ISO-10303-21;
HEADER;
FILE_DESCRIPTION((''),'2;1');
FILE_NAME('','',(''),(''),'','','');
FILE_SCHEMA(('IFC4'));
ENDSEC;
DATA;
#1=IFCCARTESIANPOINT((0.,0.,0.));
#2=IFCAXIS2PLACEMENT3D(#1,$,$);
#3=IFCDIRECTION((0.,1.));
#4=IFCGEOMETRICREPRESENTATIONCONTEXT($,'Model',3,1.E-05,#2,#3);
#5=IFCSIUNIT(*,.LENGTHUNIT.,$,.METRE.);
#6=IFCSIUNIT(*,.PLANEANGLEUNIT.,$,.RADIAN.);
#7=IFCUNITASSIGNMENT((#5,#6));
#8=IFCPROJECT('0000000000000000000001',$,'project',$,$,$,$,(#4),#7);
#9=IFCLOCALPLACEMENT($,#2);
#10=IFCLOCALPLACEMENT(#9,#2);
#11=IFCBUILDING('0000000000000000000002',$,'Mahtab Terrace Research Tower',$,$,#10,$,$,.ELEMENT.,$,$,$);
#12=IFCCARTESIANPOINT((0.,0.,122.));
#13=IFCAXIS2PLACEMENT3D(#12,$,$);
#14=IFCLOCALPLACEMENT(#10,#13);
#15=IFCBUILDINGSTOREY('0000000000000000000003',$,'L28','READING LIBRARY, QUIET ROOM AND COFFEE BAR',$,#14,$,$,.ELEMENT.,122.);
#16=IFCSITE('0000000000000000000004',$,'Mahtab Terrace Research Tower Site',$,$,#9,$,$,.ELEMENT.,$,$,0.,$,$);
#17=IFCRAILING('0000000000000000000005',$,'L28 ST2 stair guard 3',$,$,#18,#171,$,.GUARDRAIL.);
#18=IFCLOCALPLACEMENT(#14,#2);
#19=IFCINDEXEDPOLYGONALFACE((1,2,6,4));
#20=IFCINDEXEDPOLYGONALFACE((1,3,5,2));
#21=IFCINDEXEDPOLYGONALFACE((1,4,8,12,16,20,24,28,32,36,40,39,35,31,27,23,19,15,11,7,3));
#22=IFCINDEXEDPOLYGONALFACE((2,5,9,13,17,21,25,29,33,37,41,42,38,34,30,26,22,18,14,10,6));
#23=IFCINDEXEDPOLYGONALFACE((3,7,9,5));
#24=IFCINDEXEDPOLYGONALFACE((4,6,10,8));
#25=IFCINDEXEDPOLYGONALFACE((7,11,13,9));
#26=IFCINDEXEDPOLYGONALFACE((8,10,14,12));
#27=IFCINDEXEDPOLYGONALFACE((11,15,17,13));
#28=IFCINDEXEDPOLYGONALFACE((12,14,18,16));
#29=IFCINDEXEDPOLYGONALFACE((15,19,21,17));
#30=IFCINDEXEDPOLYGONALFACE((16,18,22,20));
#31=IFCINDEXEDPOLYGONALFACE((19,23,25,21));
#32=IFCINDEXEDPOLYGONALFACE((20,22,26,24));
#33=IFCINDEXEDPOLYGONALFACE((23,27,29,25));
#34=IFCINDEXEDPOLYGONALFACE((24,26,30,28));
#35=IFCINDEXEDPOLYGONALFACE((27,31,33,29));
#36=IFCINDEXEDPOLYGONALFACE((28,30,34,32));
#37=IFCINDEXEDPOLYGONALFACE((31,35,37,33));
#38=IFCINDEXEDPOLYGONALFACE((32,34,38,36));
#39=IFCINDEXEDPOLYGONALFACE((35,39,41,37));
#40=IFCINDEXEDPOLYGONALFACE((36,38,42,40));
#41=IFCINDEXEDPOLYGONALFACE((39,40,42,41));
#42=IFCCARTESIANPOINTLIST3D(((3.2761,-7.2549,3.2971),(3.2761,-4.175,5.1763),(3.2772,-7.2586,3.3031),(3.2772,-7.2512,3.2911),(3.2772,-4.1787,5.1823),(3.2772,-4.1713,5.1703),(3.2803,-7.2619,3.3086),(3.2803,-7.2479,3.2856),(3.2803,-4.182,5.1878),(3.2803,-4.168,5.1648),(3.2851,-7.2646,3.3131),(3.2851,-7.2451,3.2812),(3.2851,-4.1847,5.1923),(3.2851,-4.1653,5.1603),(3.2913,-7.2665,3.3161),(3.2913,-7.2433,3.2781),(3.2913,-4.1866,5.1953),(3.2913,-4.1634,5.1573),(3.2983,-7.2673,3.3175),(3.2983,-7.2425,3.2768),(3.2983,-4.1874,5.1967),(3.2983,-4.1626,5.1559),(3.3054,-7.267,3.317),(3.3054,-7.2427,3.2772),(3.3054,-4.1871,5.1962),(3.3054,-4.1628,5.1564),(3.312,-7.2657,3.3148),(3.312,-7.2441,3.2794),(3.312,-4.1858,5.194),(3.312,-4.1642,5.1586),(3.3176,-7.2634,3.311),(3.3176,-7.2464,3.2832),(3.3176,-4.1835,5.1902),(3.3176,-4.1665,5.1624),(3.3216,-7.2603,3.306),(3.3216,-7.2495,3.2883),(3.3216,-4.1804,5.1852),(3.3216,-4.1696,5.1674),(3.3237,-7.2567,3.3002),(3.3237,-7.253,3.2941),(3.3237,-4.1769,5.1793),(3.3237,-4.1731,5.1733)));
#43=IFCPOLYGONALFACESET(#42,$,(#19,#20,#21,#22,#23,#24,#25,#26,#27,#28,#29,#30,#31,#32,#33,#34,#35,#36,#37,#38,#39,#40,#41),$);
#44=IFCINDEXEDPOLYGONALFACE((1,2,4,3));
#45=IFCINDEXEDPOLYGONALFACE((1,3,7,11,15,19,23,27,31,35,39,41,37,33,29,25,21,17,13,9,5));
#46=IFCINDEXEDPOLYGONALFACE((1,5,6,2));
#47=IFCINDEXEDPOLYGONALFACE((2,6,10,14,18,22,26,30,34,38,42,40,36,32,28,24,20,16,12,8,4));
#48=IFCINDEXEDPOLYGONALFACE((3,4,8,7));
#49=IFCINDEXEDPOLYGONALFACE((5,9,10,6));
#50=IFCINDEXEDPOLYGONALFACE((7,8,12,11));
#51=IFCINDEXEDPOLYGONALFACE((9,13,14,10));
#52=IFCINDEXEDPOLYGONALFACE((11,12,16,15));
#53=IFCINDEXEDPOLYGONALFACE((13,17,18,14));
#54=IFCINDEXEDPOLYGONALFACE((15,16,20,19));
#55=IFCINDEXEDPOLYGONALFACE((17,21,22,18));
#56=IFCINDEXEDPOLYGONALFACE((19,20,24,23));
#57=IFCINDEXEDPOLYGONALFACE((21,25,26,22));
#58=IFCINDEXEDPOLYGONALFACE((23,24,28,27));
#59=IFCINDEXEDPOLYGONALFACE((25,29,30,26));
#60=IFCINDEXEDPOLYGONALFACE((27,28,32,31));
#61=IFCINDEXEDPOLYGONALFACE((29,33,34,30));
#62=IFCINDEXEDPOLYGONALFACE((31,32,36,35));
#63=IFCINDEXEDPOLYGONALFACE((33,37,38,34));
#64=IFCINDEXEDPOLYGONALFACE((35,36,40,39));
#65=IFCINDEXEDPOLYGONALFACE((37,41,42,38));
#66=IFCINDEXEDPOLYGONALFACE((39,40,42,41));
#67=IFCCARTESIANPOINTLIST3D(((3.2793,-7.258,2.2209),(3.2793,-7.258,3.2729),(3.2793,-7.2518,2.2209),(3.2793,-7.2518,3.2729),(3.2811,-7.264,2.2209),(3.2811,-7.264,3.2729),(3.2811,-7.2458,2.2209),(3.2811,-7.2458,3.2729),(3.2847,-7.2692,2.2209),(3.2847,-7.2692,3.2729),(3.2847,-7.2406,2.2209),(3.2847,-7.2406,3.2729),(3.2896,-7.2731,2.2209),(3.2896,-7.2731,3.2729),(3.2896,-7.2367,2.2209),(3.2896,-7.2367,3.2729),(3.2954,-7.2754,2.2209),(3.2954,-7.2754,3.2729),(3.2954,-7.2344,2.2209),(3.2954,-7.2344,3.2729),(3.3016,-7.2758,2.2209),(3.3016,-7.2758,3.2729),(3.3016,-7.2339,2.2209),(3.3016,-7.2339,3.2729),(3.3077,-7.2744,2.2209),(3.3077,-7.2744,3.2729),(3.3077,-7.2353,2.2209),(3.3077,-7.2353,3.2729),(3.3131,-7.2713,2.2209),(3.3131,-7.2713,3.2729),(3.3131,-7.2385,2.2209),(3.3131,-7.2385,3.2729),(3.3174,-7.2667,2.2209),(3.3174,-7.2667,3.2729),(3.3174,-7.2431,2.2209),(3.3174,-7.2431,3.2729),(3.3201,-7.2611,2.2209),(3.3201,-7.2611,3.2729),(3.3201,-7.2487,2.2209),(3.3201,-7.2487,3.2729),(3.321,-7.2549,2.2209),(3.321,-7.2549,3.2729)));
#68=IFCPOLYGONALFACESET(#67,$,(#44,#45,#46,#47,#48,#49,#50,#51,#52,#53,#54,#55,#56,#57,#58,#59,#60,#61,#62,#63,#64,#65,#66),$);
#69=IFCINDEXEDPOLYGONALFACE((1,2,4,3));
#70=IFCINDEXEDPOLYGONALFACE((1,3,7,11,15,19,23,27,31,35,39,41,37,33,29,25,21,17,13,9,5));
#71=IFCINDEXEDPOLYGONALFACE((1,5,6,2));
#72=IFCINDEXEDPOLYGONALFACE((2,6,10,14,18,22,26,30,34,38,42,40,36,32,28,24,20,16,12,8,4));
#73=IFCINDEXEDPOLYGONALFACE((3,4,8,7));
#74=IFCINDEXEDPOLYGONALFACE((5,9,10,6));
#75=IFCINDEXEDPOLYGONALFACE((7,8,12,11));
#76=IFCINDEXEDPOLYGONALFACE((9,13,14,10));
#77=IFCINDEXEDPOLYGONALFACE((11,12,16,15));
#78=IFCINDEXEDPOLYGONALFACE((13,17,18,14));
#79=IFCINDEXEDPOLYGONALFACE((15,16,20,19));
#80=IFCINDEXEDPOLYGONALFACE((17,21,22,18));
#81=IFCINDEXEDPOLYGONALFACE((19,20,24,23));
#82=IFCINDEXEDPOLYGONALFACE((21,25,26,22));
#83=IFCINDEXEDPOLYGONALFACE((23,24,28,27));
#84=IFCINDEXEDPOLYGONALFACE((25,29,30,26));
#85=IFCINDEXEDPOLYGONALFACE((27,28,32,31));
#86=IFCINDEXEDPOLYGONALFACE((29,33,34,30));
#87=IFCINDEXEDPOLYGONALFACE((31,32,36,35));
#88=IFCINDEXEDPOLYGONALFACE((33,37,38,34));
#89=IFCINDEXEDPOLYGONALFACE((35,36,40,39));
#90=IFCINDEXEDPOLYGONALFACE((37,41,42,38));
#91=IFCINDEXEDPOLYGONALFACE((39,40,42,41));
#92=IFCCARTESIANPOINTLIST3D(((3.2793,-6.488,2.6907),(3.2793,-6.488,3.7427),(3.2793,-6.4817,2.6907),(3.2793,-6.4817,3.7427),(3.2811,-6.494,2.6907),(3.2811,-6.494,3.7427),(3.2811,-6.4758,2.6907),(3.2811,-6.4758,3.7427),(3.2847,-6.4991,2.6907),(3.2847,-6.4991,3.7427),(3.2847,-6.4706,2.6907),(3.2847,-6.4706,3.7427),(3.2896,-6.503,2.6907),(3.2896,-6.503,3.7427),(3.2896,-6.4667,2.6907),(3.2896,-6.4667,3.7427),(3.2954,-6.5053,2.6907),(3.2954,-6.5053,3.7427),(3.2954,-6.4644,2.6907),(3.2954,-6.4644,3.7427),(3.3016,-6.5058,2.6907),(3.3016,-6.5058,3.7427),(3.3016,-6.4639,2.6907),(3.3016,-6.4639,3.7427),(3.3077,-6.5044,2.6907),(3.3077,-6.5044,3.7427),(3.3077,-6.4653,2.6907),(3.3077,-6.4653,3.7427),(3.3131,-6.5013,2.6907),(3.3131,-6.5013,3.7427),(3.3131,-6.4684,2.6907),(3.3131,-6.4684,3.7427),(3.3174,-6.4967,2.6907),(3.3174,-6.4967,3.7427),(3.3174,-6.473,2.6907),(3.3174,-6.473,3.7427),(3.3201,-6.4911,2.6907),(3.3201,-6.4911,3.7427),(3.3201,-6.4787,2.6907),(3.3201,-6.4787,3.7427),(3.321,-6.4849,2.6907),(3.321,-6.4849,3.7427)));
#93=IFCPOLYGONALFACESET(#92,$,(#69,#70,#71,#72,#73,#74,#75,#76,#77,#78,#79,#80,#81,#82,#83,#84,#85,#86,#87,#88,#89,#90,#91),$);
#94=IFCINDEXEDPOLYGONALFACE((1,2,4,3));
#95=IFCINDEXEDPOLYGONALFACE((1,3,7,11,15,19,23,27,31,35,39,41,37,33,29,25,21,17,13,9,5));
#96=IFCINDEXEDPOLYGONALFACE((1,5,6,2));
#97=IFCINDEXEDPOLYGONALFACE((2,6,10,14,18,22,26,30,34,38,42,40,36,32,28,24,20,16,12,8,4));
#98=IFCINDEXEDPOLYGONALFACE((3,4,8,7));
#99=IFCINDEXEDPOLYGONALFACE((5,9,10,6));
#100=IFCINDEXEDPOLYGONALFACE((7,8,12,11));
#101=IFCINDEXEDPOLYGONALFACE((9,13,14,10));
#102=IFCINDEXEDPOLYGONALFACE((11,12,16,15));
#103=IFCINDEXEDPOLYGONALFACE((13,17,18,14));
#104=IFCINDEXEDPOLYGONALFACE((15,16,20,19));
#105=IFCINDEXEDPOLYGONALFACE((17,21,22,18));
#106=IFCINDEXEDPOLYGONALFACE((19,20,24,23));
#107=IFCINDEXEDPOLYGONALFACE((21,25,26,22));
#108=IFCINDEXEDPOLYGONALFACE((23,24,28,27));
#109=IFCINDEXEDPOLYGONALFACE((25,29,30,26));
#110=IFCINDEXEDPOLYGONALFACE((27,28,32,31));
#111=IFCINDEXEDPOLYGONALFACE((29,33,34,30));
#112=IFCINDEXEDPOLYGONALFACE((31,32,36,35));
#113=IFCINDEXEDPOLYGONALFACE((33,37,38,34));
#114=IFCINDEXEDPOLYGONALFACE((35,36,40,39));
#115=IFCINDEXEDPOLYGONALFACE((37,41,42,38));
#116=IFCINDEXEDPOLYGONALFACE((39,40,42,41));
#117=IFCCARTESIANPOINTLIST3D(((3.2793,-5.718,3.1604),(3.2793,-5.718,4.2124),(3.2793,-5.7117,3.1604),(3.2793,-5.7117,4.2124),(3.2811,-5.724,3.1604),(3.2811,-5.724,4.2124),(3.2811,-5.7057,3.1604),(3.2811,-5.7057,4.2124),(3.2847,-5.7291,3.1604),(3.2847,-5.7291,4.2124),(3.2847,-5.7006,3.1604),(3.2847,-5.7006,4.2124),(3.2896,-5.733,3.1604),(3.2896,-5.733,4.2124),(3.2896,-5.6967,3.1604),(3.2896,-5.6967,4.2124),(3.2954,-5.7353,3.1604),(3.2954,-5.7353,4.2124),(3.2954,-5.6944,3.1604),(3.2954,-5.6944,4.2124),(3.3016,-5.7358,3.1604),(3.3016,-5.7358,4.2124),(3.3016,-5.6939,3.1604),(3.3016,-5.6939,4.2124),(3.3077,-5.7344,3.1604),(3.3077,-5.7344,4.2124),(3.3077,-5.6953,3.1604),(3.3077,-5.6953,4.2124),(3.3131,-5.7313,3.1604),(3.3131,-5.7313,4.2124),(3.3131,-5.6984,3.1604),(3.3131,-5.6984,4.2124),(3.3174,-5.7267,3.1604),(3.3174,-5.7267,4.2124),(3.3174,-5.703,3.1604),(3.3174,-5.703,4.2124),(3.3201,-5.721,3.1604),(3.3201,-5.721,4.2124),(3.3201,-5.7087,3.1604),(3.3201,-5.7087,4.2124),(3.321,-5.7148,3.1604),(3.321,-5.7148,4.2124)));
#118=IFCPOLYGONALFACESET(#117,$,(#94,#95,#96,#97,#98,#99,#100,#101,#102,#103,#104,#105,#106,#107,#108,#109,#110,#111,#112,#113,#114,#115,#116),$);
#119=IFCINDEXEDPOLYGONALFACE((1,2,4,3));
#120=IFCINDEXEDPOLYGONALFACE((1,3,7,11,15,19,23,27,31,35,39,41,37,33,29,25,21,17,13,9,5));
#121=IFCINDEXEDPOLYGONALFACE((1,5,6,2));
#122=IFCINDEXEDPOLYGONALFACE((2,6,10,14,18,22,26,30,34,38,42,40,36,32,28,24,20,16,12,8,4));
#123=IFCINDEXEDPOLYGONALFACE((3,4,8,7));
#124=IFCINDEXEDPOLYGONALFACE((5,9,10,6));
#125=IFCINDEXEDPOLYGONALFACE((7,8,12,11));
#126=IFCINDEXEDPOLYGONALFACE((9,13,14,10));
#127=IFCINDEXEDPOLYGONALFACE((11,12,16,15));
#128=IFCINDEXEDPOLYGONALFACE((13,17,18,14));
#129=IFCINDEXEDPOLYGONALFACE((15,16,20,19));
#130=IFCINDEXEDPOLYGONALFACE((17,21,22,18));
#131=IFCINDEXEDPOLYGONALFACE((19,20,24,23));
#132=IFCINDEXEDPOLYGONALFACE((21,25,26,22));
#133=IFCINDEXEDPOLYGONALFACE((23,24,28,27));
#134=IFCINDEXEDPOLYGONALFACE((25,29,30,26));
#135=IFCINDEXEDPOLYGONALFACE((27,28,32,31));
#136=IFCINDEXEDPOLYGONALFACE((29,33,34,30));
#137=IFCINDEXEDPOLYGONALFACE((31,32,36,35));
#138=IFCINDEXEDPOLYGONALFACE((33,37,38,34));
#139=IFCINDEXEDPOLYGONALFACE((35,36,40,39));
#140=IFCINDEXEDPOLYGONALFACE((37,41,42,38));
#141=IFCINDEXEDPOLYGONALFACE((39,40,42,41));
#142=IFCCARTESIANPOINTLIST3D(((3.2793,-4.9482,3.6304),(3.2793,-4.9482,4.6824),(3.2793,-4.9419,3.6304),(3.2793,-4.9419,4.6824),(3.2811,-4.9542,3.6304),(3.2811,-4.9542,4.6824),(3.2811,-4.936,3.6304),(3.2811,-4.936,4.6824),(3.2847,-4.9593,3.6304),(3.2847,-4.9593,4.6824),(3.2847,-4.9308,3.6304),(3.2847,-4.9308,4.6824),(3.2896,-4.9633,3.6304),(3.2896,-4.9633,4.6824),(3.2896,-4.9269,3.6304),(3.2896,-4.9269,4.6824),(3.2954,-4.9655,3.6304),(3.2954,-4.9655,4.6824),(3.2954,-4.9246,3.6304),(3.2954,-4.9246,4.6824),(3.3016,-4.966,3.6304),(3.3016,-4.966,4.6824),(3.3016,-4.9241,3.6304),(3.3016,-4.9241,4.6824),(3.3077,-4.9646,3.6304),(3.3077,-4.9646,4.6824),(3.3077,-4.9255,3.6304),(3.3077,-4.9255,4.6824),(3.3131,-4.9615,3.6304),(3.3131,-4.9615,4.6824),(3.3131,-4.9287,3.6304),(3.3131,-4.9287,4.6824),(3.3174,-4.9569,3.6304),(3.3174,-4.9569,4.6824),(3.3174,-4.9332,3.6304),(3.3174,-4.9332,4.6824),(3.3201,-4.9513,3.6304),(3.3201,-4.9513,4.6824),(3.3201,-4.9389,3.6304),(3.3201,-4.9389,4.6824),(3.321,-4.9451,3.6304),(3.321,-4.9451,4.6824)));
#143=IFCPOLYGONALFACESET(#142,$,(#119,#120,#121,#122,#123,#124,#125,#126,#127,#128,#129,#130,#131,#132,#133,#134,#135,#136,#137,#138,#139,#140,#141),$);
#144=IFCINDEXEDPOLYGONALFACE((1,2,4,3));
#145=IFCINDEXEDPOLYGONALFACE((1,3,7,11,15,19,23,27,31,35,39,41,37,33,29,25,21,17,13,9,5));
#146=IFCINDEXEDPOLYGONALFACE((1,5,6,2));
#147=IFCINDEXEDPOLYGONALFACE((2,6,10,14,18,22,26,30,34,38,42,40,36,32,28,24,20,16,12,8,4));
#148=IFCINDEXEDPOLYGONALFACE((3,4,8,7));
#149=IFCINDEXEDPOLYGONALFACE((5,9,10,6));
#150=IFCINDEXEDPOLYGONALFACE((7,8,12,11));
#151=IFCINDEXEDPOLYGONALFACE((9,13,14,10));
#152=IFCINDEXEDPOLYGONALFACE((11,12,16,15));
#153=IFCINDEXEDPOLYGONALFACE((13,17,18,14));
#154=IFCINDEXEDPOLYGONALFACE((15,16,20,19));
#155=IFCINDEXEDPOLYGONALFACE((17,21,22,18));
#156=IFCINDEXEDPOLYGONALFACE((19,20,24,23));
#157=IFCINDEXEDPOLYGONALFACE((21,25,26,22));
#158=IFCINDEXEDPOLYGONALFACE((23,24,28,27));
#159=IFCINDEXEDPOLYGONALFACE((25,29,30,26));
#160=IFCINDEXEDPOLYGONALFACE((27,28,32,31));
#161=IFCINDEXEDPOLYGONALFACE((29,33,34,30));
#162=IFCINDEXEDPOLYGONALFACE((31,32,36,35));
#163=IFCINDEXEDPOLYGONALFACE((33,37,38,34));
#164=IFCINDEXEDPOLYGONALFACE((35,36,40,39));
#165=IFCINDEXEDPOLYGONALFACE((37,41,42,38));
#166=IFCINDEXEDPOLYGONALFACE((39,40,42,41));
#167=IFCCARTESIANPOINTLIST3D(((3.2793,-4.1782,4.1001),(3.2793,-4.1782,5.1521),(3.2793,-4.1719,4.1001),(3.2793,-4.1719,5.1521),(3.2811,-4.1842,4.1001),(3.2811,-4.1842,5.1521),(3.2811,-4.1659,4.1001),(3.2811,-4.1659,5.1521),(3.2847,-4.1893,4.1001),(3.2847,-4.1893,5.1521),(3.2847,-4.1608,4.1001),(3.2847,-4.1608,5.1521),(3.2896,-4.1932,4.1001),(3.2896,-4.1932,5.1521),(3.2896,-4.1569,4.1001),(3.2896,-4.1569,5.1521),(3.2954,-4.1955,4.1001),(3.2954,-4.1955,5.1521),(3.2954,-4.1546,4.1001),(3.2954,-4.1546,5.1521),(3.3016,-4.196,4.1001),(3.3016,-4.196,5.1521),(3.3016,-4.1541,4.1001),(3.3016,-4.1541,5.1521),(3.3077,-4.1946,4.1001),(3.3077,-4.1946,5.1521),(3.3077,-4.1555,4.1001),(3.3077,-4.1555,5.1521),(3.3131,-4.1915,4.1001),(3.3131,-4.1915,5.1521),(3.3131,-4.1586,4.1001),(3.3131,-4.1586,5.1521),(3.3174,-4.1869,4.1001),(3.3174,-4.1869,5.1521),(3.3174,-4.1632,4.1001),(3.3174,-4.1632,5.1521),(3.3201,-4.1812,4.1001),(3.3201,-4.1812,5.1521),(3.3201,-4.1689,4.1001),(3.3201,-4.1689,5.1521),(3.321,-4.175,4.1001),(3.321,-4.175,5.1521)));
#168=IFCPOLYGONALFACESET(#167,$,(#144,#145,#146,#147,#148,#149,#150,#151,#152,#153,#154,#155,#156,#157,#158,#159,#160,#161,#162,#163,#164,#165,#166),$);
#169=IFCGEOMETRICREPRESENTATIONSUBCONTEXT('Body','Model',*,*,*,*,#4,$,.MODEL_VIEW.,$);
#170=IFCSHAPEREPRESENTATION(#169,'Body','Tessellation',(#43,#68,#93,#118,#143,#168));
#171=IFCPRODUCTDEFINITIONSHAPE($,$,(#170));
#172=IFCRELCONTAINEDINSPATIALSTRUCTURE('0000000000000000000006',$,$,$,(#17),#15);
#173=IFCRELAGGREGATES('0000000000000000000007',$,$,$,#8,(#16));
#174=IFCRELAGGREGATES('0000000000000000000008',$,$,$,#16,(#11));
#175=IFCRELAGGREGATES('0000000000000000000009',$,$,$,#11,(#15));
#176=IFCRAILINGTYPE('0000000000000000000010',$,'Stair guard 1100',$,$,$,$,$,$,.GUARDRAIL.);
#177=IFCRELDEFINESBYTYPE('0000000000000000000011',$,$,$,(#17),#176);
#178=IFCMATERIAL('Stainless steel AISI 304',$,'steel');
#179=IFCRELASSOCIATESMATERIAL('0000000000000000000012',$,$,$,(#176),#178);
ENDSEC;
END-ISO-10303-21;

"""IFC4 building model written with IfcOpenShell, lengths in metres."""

from ifc_helpers import new_model, si_unit, direction, frame, origin, origin_2d, place, context, subcontext, project, spatial, circle, extrude, material, type_object, element, save


model = new_model("IFC4")

# Units and contexts
model_context = context("Model", 3, precision=1e-05, world=origin(), true_north=direction((0.0, 1.0)))
body_context = subcontext(model_context, "Body", "Model", "MODEL_VIEW")
ifc_project = project(units=[si_unit("LENGTHUNIT", "METRE"), si_unit("PLANEANGLEUNIT", "RADIAN")], contexts=[model_context])

# Site, building, storey
site_placement = place(None, origin())
site = spatial("IfcSite", under=ifc_project, at=site_placement, Name="Mahtab Terrace Research Tower Site", CompositionType="ELEMENT", RefElevation=0.0)
building_placement = place(site_placement, origin())
building = spatial("IfcBuilding", under=site, at=building_placement, Name="Mahtab Terrace Research Tower", CompositionType="ELEMENT")
storey_placement = place(building_placement, frame((0.0, 0.0, 122.0)))
storey = spatial("IfcBuildingStorey", under=building, at=storey_placement, Name="L28", Description="READING LIBRARY, QUIET ROOM AND COFFEE BAR", CompositionType="ELEMENT", Elevation=122.0)

# Railing
ifc_material_1 = material(Name="Stainless steel AISI 304", Category="steel")
railing_type_1 = type_object("IfcRailingType", Name="Stair guard 1100", PredefinedType="GUARDRAIL", material=ifc_material_1)
railing_1_placement = place(storey_placement, frame((3.3, -7.2549, 2.2209)))
element("IfcRailing", 1, at=railing_1_placement, inside=storey, type_object=railing_type_1, Name="L28 ST2 stair guard 3", PredefinedType="GUARDRAIL", context=body_context, shape_type="SweptSolid", body=[
    extrude(circle(Radius=0.0239, at=origin_2d()), frame((0.0, 0.0, 1.0762), z_axis=(0.0, 0.853648, 0.52085), x_axis=(-1.0, 0.0, 0.0)), (0.0, 0.0, 1.0), 3.6079),
    extrude(circle(Radius=0.021, at=origin_2d()), origin(), (0.0, 0.0, 1.0), 1.052),
    extrude(circle(Radius=0.021, at=origin_2d()), frame((0.0, 0.77, 0.4697)), (0.0, 0.0, 1.0), 1.052),
    extrude(circle(Radius=0.021, at=origin_2d()), frame((0.0, 1.54, 0.9395)), (0.0, 0.0, 1.0), 1.052),
    extrude(circle(Radius=0.021, at=origin_2d()), frame((0.0, 2.3098, 1.4094)), (0.0, 0.0, 1.0), 1.052),
    extrude(circle(Radius=0.021, at=origin_2d()), frame((0.0, 3.0798, 1.8792)), (0.0, 0.0, 1.0), 1.052),
])

save(model, "model.ifc")
